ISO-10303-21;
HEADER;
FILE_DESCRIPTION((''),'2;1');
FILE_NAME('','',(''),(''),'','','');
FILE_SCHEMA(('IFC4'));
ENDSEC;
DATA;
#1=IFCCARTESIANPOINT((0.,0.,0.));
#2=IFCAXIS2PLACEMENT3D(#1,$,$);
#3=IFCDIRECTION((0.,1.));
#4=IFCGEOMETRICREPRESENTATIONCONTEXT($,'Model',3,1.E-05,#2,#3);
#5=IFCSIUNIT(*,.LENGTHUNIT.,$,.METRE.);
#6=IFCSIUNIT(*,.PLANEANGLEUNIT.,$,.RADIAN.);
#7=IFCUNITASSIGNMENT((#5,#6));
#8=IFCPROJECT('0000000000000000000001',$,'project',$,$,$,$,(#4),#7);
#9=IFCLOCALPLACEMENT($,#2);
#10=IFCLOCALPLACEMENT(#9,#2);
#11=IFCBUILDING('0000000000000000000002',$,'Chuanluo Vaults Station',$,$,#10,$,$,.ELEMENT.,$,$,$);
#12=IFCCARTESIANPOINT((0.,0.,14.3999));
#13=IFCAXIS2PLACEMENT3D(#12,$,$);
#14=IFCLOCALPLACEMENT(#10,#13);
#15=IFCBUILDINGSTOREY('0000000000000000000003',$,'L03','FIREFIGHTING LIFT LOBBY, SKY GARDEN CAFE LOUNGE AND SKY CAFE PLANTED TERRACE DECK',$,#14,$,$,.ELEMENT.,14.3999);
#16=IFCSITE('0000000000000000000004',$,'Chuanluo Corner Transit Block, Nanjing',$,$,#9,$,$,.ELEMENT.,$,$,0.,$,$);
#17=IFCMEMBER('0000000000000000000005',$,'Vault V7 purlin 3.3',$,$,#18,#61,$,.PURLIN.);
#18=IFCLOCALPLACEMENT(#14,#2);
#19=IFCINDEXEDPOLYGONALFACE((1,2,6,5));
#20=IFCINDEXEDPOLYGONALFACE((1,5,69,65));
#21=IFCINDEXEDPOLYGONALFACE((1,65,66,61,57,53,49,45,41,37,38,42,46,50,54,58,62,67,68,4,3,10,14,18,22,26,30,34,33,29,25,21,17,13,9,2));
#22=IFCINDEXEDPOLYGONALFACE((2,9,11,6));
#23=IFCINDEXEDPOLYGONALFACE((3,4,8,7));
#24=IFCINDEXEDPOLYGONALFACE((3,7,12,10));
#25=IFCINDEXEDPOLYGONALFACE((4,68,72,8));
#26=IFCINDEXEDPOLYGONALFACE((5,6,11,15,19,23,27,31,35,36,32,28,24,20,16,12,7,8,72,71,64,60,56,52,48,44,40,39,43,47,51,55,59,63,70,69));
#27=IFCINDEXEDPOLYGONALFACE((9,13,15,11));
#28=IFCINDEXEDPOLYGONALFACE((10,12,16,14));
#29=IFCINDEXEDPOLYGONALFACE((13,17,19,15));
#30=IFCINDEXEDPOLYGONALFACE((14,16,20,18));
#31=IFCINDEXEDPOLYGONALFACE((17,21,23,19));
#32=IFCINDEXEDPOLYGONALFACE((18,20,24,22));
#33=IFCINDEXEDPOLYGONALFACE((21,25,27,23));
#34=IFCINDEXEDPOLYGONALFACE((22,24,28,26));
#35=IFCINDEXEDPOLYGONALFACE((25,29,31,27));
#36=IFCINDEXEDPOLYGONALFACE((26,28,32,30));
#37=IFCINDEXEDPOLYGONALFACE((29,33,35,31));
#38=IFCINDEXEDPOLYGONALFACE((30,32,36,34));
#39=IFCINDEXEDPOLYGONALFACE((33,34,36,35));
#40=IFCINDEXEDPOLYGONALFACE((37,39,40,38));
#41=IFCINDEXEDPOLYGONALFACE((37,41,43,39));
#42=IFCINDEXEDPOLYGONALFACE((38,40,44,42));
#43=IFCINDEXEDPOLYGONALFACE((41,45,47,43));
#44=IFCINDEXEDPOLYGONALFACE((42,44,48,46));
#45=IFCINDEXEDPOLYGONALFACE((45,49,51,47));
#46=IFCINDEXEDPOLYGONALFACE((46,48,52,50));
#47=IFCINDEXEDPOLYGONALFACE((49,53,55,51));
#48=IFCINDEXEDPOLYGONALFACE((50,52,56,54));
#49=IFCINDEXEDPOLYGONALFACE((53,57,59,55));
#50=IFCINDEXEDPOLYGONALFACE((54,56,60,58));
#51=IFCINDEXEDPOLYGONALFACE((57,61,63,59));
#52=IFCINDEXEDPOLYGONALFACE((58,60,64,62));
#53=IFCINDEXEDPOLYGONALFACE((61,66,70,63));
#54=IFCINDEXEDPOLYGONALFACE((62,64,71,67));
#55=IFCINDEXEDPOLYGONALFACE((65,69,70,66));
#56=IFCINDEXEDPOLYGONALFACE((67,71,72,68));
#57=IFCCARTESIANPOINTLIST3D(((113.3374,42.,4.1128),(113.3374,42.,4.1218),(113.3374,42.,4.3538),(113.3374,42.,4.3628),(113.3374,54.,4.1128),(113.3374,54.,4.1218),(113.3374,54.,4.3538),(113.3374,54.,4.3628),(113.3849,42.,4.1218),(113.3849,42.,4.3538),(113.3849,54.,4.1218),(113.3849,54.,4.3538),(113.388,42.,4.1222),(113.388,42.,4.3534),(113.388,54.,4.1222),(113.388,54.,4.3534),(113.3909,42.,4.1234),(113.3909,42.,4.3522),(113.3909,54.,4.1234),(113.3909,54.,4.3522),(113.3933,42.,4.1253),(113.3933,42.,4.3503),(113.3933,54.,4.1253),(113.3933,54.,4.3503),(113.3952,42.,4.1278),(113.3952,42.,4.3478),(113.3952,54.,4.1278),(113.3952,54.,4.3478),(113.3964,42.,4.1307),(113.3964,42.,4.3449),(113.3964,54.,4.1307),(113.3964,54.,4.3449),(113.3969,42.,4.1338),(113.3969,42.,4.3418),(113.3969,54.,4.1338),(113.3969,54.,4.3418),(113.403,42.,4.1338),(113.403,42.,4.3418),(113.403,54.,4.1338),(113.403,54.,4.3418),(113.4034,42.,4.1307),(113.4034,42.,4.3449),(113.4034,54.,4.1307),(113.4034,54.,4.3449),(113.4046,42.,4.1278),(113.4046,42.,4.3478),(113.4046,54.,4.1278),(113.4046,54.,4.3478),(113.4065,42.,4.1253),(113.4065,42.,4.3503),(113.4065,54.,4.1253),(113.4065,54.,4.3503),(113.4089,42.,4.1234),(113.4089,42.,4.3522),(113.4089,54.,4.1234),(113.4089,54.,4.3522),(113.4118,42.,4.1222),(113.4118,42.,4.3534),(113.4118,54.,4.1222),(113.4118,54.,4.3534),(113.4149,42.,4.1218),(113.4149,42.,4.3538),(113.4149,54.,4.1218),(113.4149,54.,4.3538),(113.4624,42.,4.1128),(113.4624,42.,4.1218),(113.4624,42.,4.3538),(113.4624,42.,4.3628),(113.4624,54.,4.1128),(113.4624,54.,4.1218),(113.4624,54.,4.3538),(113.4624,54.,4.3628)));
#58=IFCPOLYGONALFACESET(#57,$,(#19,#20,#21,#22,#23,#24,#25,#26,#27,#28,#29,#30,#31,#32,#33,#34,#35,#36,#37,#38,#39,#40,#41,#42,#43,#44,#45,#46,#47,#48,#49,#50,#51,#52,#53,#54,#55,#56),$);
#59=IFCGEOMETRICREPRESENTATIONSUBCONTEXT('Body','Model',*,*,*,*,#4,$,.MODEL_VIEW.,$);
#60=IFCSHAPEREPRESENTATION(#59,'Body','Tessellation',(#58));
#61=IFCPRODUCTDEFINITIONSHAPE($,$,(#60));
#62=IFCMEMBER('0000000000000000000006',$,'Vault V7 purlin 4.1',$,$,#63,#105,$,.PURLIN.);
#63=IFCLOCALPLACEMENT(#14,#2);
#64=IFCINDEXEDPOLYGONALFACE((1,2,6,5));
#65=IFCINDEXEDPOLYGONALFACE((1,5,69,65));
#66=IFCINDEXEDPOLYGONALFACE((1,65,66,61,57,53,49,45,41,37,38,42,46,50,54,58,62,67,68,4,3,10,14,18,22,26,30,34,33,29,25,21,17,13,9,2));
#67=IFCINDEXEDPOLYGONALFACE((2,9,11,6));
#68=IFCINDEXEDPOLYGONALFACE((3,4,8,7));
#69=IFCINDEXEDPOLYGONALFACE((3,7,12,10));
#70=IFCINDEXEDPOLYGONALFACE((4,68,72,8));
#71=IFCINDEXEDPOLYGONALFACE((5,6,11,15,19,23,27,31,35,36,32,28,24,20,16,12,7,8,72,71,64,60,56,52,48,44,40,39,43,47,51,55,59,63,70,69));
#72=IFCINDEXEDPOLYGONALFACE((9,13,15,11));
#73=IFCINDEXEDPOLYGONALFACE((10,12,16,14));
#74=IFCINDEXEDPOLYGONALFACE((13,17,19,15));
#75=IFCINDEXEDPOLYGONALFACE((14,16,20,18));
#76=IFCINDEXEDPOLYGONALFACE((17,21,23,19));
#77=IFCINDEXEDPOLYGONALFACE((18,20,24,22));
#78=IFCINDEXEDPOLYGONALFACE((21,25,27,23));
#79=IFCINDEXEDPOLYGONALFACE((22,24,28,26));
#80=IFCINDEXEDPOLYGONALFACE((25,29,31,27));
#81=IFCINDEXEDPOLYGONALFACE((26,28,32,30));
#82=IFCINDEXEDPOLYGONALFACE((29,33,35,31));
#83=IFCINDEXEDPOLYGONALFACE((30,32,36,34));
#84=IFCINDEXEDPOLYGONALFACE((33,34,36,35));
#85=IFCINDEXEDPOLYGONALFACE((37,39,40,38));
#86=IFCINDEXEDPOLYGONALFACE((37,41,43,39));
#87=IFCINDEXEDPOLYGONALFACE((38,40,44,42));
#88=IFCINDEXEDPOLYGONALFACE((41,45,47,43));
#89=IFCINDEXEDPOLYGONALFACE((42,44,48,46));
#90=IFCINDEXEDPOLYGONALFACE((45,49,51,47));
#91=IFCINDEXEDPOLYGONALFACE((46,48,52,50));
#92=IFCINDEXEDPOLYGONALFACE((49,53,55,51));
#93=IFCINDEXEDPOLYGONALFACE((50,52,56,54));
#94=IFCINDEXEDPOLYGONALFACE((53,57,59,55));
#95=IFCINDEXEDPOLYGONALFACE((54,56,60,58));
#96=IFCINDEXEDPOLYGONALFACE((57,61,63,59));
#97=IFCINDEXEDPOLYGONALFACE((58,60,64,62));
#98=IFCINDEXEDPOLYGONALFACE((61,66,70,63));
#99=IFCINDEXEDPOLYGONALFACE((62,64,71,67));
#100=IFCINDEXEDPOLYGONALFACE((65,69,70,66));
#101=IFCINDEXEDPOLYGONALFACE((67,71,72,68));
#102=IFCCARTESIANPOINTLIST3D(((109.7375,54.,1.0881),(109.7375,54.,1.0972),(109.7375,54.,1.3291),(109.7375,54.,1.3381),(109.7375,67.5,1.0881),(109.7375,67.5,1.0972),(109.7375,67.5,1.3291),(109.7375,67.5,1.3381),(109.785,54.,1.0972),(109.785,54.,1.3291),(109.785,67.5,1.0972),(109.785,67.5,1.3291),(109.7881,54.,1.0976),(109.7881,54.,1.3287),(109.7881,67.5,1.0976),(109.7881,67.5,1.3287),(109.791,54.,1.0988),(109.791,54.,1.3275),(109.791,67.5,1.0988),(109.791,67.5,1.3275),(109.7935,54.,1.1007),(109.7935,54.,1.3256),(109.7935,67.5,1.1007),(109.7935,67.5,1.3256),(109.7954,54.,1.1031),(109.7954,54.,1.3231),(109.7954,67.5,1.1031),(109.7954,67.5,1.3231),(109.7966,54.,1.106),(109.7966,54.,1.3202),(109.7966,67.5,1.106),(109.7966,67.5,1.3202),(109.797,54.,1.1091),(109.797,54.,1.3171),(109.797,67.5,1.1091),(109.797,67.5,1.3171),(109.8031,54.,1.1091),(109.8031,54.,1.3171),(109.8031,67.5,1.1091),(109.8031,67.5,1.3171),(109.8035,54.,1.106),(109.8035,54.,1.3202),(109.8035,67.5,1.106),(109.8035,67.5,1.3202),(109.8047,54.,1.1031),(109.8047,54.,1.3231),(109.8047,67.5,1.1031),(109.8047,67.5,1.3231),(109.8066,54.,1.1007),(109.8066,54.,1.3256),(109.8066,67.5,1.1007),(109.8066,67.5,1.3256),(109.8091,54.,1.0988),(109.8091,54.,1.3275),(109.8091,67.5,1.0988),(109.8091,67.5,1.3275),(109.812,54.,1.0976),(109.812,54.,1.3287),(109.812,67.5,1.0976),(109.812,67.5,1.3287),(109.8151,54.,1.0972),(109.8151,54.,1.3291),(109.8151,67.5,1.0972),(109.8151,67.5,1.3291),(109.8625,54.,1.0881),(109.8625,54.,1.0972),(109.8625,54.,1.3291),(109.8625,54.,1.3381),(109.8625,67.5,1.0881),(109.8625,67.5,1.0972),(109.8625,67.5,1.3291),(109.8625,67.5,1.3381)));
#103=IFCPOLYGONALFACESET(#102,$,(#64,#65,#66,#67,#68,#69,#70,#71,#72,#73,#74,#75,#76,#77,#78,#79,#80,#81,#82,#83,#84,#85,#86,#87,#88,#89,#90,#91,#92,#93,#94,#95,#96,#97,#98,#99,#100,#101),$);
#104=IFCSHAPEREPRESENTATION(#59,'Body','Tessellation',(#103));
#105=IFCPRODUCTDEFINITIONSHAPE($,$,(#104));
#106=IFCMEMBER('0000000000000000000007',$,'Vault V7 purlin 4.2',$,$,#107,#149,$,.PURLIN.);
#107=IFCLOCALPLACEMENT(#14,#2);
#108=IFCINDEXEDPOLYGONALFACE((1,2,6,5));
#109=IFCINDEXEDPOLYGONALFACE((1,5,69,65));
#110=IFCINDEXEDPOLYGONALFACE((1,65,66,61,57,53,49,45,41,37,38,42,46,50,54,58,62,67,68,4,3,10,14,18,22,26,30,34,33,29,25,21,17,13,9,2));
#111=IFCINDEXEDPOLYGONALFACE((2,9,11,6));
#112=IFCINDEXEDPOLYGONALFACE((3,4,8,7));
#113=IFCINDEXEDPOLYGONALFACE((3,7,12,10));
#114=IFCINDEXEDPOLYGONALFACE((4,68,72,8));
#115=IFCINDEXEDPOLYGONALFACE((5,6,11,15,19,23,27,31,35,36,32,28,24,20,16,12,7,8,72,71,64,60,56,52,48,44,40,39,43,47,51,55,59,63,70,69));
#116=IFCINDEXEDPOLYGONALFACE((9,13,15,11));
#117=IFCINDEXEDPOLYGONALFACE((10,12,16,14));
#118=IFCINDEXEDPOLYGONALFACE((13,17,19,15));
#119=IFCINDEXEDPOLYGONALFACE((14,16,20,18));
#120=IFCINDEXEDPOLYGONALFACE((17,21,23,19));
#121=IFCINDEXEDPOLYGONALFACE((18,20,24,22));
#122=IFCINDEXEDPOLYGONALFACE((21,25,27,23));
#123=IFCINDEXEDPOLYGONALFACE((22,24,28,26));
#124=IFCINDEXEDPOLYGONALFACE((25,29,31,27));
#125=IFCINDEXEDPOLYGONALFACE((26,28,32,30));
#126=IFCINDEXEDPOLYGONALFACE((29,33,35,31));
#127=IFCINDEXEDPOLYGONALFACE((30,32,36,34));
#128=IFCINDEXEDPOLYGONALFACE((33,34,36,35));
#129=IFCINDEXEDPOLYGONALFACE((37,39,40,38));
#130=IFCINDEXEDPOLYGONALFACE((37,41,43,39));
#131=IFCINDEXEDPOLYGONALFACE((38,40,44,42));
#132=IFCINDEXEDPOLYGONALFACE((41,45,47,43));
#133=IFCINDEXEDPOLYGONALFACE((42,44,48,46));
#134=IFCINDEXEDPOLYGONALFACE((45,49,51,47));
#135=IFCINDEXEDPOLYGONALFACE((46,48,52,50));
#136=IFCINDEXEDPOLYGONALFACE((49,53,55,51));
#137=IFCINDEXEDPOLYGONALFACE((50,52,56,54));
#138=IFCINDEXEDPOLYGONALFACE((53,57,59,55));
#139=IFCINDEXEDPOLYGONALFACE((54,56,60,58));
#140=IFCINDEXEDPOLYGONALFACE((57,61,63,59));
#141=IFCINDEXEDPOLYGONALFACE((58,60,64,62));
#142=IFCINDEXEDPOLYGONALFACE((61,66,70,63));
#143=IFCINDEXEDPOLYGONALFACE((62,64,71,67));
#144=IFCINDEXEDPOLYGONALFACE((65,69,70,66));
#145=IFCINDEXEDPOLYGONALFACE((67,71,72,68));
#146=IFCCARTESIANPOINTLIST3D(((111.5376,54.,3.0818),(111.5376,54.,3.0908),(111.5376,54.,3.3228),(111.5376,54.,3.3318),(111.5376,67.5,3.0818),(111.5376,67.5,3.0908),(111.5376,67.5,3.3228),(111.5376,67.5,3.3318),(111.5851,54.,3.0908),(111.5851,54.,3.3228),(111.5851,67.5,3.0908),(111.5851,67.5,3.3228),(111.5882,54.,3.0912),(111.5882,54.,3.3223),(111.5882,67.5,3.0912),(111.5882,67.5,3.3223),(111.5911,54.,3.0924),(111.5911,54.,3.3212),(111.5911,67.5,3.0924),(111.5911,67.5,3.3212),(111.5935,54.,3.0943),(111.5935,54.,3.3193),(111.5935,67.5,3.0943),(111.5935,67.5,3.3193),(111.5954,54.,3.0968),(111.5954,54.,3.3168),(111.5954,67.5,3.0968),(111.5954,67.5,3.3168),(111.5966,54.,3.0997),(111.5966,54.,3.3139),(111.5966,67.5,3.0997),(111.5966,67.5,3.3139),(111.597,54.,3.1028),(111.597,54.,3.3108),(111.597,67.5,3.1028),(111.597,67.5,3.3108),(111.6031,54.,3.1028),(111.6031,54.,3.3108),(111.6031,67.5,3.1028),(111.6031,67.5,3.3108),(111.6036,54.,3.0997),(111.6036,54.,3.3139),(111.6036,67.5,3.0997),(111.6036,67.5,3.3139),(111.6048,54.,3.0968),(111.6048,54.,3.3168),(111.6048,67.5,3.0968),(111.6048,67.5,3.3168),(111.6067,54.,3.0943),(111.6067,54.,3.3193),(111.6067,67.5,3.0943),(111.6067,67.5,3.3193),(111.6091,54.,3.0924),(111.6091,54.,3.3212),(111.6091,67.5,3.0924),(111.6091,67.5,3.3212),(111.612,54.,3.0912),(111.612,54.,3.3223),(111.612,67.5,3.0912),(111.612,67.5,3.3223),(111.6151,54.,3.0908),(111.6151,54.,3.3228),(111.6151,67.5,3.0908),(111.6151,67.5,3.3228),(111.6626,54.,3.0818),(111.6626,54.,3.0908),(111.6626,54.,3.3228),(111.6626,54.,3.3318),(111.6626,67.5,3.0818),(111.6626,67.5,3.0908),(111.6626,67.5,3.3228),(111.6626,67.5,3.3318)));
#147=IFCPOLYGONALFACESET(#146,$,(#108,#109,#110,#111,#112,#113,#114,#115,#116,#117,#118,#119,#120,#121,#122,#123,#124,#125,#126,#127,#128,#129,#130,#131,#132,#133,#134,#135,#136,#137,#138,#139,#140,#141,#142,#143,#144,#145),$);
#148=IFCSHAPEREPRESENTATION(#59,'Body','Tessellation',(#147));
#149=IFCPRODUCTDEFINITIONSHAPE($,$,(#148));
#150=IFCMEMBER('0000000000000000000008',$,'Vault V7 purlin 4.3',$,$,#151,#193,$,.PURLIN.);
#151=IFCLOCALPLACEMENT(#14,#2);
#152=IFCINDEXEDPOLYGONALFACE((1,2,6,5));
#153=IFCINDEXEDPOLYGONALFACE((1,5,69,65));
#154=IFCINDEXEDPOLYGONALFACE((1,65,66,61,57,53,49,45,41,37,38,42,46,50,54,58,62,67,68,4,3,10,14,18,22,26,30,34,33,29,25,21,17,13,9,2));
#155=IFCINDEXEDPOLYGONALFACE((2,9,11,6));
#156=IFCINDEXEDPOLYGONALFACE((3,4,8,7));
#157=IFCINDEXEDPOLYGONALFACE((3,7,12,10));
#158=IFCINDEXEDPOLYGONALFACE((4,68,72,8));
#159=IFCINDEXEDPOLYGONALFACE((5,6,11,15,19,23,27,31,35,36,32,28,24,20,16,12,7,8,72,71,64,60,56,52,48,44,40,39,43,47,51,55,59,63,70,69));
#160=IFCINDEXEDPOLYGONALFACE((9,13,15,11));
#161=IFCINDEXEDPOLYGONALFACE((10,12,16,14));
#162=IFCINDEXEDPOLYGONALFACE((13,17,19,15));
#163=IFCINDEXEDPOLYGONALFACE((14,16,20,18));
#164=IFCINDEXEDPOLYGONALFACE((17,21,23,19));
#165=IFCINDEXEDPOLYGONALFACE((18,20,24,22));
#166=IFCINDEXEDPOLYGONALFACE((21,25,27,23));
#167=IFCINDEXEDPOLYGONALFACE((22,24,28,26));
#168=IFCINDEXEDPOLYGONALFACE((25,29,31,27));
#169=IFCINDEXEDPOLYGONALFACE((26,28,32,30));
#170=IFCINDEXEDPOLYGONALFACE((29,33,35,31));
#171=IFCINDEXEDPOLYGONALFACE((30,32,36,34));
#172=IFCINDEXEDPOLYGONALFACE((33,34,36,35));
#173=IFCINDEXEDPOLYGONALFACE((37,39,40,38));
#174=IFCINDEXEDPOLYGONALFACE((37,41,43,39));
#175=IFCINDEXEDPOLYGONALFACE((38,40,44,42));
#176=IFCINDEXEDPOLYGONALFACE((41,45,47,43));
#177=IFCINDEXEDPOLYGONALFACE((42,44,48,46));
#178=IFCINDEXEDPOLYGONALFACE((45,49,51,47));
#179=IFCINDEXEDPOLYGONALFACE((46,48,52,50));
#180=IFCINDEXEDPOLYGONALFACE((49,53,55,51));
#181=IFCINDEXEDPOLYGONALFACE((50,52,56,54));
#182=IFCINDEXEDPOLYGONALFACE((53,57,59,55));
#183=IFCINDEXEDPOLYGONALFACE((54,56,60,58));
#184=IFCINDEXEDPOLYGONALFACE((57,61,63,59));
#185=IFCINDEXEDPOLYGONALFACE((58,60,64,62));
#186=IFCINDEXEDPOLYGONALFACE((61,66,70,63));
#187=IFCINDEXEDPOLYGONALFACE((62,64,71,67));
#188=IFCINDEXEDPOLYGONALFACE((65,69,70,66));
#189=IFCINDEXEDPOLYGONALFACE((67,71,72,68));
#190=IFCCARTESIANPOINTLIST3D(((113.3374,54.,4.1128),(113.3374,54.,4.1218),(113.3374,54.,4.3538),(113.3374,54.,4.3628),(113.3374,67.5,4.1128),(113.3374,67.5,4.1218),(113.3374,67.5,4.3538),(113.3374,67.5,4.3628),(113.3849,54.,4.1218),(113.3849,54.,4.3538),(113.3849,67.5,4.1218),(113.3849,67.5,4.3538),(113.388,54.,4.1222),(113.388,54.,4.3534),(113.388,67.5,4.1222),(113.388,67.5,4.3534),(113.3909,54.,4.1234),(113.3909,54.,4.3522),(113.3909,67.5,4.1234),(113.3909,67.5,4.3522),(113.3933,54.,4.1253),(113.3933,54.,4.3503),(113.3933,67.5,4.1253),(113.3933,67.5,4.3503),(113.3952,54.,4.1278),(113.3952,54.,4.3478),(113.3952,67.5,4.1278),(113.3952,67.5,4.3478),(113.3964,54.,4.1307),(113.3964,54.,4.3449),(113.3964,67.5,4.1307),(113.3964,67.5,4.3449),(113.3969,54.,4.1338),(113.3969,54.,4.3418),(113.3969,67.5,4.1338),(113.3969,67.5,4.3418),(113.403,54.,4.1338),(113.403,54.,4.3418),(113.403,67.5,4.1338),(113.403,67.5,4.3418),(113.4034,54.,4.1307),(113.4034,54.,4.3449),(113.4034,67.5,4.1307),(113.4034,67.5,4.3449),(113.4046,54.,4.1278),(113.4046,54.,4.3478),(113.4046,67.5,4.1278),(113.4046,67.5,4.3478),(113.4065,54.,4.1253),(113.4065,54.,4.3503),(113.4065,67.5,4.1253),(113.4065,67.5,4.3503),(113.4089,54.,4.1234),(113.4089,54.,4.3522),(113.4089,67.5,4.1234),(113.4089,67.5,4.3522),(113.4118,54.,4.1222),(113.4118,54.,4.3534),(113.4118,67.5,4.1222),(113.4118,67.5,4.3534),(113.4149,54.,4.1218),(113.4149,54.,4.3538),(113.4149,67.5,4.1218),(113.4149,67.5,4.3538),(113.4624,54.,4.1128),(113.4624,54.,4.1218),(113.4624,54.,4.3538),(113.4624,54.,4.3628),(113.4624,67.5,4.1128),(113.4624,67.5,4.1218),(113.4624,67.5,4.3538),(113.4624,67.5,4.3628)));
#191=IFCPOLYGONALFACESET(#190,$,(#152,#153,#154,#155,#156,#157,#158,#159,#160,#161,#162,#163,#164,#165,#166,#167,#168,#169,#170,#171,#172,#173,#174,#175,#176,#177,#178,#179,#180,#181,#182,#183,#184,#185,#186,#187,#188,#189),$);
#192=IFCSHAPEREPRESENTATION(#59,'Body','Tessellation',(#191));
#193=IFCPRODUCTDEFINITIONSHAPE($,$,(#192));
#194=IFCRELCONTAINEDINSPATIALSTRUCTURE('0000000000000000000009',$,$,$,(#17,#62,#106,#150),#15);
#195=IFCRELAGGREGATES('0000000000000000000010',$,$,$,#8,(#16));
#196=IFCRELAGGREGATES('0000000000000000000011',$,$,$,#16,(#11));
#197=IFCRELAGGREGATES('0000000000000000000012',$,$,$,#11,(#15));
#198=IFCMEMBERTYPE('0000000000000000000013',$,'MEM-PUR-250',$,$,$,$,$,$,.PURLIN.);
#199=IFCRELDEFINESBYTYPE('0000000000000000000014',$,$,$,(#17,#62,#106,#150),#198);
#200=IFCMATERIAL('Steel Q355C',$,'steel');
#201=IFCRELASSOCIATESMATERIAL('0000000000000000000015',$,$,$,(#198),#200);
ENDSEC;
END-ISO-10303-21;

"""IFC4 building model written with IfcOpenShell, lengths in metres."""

from ifc_helpers import new_model, si_unit, direction, frame, origin, origin_2d, place, context, subcontext, project, spatial, i_section, extrude, material, material_profile, profile_set, type_object, element, save


model = new_model("IFC4")

# Units and contexts
model_context = context("Model", 3, precision=1e-05, world=origin(), true_north=direction((0.0, 1.0)))
body_context = subcontext(model_context, "Body", "Model", "MODEL_VIEW")
ifc_project = project(units=[si_unit("LENGTHUNIT", "METRE"), si_unit("PLANEANGLEUNIT", "RADIAN")], contexts=[model_context])

# Site, building, storey
site_placement = place(None, origin())
site = spatial("IfcSite", under=ifc_project, at=site_placement, Name="Chuanluo Corner Transit Block, Nanjing", CompositionType="ELEMENT", RefElevation=0.0)
building_placement = place(site_placement, origin())
building = spatial("IfcBuilding", under=site, at=building_placement, Name="Chuanluo Vaults Station", CompositionType="ELEMENT")
storey_placement = place(building_placement, frame((0.0, 0.0, 14.3999)))
storey = spatial("IfcBuildingStorey", under=building, at=storey_placement, Name="L03", Description="FIREFIGHTING LIFT LOBBY, SKY GARDEN CAFE LOUNGE AND SKY CAFE PLANTED TERRACE DECK", CompositionType="ELEMENT", Elevation=14.3999)

# Members
ifc_material_1 = material(Name="Steel Q355C", Category="steel")
ifc_material_profile_1 = material_profile(ifc_material_1, i_section(OverallWidth=0.125, OverallDepth=0.25, WebThickness=0.0061, FlangeThickness=0.009, FilletRadius=0.012, at=origin_2d()))
ifc_profile_set_1 = profile_set([ifc_material_profile_1], Name="Steel Q355C")
member_type_1 = type_object("IfcMemberType", Name="MEM-PUR-250", PredefinedType="PURLIN", material=ifc_profile_set_1)
for number, where, z_axis, x_axis, name in (
    (1, (113.3999, 42.0, 4.2378), (0.0, 1.0, 0.0), (-1.0, 0.0, 0.0), "Vault V7 purlin 3.3"),
):
    element("IfcMember", number, at=place(storey_placement, frame(where, z_axis=z_axis, x_axis=x_axis)), inside=storey, type_object=member_type_1, Name=name, PredefinedType="PURLIN", context=body_context, shape_type="SweptSolid", body=[
        extrude(i_section(OverallWidth=0.125, OverallDepth=0.25, WebThickness=0.0061, FlangeThickness=0.009, FilletRadius=0.012, at=origin_2d()), origin(), (0.0, 0.0, 1.0), 12.0),
    ])
for number, where, z_axis, x_axis, name in (
    (2, (109.8, 54.0, 1.2131), (0.0, 1.0, 0.0), (-1.0, 0.0, 0.0), "Vault V7 purlin 4.1"),
    (3, (111.6001, 54.0, 3.2068), (0.0, 1.0, 0.0), (-1.0, 0.0, 0.0), "Vault V7 purlin 4.2"),
    (4, (113.3999, 54.0, 4.2378), (0.0, 1.0, 0.0), (-1.0, 0.0, 0.0), "Vault V7 purlin 4.3"),
):
    element("IfcMember", number, at=place(storey_placement, frame(where, z_axis=z_axis, x_axis=x_axis)), inside=storey, type_object=member_type_1, Name=name, PredefinedType="PURLIN", context=body_context, shape_type="SweptSolid", body=[
        extrude(i_section(OverallWidth=0.125, OverallDepth=0.25, WebThickness=0.0061, FlangeThickness=0.009, FilletRadius=0.012, at=origin_2d()), origin(), (0.0, 0.0, 1.0), 13.5),
    ])

save(model, "model.ifc")
